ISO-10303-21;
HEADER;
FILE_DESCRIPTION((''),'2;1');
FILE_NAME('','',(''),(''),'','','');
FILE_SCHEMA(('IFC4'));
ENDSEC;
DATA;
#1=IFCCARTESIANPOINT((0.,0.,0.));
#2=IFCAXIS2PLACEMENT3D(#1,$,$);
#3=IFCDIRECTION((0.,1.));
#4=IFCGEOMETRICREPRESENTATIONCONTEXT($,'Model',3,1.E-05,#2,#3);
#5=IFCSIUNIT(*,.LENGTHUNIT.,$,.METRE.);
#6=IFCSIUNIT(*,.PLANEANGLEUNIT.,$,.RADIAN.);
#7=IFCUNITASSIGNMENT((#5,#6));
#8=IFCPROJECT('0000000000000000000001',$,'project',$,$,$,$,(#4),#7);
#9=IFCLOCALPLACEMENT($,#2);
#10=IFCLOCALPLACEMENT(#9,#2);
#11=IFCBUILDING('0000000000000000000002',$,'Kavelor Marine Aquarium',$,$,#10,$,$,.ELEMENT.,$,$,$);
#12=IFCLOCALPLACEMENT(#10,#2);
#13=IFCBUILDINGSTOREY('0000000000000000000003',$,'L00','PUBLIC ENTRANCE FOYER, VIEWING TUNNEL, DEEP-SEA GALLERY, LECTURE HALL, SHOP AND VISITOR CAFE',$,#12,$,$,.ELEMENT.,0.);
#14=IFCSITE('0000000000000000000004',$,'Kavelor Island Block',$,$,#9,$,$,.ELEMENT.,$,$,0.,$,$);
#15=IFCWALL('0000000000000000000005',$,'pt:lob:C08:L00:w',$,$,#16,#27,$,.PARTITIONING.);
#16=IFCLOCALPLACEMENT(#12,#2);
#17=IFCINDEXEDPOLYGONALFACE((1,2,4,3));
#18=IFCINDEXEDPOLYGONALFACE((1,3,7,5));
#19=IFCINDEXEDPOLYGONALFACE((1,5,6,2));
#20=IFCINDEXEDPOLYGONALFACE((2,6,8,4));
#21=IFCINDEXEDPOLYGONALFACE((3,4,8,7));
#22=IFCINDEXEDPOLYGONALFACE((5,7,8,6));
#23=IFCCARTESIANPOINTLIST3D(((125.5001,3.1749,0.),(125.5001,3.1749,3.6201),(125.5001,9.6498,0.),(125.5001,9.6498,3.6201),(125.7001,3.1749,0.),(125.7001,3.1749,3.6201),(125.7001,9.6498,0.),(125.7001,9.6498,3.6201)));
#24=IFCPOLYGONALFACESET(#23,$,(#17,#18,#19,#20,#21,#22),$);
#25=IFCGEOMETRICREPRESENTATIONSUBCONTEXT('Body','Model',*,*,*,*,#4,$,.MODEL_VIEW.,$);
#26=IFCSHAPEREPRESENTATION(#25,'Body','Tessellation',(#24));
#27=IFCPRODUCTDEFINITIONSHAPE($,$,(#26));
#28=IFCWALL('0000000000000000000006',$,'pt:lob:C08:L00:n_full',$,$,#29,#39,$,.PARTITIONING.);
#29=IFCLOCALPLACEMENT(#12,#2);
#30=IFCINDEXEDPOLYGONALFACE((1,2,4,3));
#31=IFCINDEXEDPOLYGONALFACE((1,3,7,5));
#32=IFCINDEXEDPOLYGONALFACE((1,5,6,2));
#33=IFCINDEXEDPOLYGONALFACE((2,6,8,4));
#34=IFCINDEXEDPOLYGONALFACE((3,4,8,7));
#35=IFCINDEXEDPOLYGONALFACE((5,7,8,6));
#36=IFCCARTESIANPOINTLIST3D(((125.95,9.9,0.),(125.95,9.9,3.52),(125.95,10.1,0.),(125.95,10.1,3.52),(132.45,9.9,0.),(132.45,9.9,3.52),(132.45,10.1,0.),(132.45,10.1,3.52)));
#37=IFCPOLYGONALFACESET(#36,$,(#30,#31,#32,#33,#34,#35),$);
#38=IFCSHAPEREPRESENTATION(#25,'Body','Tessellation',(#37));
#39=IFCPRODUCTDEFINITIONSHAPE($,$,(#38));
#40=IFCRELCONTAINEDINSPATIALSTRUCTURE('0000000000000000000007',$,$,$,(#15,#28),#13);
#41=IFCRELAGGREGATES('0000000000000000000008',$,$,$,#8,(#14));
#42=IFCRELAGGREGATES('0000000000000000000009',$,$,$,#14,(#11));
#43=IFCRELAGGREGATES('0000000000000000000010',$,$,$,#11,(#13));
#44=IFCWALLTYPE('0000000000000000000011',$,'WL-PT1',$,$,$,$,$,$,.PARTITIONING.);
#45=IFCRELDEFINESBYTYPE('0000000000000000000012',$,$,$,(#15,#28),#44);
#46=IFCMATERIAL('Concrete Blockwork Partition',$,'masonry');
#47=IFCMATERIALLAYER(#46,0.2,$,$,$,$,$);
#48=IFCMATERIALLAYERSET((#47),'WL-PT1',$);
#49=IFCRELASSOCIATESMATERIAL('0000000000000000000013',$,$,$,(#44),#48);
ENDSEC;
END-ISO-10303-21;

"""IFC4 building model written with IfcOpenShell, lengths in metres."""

from ifc_helpers import new_model, si_unit, direction, frame, frame_2d, origin, place, context, subcontext, project, spatial, rectangle, extrude, material, layer, layer_set, type_object, element, save


model = new_model("IFC4")

# Units and contexts
model_context = context("Model", 3, precision=1e-05, world=origin(), true_north=direction((0.0, 1.0)))
body_context = subcontext(model_context, "Body", "Model", "MODEL_VIEW")
ifc_project = project(units=[si_unit("LENGTHUNIT", "METRE"), si_unit("PLANEANGLEUNIT", "RADIAN")], contexts=[model_context])

# Site, building, storey
site_placement = place(None, origin())
site = spatial("IfcSite", under=ifc_project, at=site_placement, Name="Kavelor Island Block", CompositionType="ELEMENT", RefElevation=0.0)
building_placement = place(site_placement, origin())
building = spatial("IfcBuilding", under=site, at=building_placement, Name="Kavelor Marine Aquarium", CompositionType="ELEMENT")
storey_placement = place(building_placement, origin())
storey = spatial("IfcBuildingStorey", under=building, at=storey_placement, Name="L00", Description="PUBLIC ENTRANCE FOYER, VIEWING TUNNEL, DEEP-SEA GALLERY, LECTURE HALL, SHOP AND VISITOR CAFE", CompositionType="ELEMENT", Elevation=0.0)

# Walls
ifc_material_1 = material(Name="Concrete Blockwork Partition", Category="masonry")
ifc_layer_1 = layer(ifc_material_1, 0.2)
ifc_layer_set_1 = layer_set([ifc_layer_1], Name="WL-PT1")
wall_type_1 = type_object("IfcWallType", Name="WL-PT1", PredefinedType="PARTITIONING", material=ifc_layer_set_1)
wall_1_placement = place(storey_placement, frame((125.6001, 3.175, 0.0), z_axis=(0.0, 0.0, 1.0), x_axis=(0.0, 1.0, 0.0)))
element("IfcWall", 1, at=wall_1_placement, inside=storey, type_object=wall_type_1, Name="pt:lob:C08:L00:w", PredefinedType="PARTITIONING", context=body_context, shape_type="SweptSolid", body=[
    extrude(rectangle(XDim=6.4749, YDim=0.2, at=frame_2d((3.2373, 0.0))), origin(), (0.0, 0.0, 1.0), 3.6201),
])
wall_2_placement = place(storey_placement, frame((125.95, 10.0, 0.0), z_axis=(0.0, 0.0, 1.0), x_axis=(1.0, 0.0, 0.0)))
element("IfcWall", 2, at=wall_2_placement, inside=storey, type_object=wall_type_1, Name="pt:lob:C08:L00:n_full", PredefinedType="PARTITIONING", context=body_context, shape_type="SweptSolid", body=[
    extrude(rectangle(XDim=6.5, YDim=0.2, at=frame_2d((3.25, 0.0))), origin(), (0.0, 0.0, 1.0), 3.52),
])

save(model, "model.ifc")
